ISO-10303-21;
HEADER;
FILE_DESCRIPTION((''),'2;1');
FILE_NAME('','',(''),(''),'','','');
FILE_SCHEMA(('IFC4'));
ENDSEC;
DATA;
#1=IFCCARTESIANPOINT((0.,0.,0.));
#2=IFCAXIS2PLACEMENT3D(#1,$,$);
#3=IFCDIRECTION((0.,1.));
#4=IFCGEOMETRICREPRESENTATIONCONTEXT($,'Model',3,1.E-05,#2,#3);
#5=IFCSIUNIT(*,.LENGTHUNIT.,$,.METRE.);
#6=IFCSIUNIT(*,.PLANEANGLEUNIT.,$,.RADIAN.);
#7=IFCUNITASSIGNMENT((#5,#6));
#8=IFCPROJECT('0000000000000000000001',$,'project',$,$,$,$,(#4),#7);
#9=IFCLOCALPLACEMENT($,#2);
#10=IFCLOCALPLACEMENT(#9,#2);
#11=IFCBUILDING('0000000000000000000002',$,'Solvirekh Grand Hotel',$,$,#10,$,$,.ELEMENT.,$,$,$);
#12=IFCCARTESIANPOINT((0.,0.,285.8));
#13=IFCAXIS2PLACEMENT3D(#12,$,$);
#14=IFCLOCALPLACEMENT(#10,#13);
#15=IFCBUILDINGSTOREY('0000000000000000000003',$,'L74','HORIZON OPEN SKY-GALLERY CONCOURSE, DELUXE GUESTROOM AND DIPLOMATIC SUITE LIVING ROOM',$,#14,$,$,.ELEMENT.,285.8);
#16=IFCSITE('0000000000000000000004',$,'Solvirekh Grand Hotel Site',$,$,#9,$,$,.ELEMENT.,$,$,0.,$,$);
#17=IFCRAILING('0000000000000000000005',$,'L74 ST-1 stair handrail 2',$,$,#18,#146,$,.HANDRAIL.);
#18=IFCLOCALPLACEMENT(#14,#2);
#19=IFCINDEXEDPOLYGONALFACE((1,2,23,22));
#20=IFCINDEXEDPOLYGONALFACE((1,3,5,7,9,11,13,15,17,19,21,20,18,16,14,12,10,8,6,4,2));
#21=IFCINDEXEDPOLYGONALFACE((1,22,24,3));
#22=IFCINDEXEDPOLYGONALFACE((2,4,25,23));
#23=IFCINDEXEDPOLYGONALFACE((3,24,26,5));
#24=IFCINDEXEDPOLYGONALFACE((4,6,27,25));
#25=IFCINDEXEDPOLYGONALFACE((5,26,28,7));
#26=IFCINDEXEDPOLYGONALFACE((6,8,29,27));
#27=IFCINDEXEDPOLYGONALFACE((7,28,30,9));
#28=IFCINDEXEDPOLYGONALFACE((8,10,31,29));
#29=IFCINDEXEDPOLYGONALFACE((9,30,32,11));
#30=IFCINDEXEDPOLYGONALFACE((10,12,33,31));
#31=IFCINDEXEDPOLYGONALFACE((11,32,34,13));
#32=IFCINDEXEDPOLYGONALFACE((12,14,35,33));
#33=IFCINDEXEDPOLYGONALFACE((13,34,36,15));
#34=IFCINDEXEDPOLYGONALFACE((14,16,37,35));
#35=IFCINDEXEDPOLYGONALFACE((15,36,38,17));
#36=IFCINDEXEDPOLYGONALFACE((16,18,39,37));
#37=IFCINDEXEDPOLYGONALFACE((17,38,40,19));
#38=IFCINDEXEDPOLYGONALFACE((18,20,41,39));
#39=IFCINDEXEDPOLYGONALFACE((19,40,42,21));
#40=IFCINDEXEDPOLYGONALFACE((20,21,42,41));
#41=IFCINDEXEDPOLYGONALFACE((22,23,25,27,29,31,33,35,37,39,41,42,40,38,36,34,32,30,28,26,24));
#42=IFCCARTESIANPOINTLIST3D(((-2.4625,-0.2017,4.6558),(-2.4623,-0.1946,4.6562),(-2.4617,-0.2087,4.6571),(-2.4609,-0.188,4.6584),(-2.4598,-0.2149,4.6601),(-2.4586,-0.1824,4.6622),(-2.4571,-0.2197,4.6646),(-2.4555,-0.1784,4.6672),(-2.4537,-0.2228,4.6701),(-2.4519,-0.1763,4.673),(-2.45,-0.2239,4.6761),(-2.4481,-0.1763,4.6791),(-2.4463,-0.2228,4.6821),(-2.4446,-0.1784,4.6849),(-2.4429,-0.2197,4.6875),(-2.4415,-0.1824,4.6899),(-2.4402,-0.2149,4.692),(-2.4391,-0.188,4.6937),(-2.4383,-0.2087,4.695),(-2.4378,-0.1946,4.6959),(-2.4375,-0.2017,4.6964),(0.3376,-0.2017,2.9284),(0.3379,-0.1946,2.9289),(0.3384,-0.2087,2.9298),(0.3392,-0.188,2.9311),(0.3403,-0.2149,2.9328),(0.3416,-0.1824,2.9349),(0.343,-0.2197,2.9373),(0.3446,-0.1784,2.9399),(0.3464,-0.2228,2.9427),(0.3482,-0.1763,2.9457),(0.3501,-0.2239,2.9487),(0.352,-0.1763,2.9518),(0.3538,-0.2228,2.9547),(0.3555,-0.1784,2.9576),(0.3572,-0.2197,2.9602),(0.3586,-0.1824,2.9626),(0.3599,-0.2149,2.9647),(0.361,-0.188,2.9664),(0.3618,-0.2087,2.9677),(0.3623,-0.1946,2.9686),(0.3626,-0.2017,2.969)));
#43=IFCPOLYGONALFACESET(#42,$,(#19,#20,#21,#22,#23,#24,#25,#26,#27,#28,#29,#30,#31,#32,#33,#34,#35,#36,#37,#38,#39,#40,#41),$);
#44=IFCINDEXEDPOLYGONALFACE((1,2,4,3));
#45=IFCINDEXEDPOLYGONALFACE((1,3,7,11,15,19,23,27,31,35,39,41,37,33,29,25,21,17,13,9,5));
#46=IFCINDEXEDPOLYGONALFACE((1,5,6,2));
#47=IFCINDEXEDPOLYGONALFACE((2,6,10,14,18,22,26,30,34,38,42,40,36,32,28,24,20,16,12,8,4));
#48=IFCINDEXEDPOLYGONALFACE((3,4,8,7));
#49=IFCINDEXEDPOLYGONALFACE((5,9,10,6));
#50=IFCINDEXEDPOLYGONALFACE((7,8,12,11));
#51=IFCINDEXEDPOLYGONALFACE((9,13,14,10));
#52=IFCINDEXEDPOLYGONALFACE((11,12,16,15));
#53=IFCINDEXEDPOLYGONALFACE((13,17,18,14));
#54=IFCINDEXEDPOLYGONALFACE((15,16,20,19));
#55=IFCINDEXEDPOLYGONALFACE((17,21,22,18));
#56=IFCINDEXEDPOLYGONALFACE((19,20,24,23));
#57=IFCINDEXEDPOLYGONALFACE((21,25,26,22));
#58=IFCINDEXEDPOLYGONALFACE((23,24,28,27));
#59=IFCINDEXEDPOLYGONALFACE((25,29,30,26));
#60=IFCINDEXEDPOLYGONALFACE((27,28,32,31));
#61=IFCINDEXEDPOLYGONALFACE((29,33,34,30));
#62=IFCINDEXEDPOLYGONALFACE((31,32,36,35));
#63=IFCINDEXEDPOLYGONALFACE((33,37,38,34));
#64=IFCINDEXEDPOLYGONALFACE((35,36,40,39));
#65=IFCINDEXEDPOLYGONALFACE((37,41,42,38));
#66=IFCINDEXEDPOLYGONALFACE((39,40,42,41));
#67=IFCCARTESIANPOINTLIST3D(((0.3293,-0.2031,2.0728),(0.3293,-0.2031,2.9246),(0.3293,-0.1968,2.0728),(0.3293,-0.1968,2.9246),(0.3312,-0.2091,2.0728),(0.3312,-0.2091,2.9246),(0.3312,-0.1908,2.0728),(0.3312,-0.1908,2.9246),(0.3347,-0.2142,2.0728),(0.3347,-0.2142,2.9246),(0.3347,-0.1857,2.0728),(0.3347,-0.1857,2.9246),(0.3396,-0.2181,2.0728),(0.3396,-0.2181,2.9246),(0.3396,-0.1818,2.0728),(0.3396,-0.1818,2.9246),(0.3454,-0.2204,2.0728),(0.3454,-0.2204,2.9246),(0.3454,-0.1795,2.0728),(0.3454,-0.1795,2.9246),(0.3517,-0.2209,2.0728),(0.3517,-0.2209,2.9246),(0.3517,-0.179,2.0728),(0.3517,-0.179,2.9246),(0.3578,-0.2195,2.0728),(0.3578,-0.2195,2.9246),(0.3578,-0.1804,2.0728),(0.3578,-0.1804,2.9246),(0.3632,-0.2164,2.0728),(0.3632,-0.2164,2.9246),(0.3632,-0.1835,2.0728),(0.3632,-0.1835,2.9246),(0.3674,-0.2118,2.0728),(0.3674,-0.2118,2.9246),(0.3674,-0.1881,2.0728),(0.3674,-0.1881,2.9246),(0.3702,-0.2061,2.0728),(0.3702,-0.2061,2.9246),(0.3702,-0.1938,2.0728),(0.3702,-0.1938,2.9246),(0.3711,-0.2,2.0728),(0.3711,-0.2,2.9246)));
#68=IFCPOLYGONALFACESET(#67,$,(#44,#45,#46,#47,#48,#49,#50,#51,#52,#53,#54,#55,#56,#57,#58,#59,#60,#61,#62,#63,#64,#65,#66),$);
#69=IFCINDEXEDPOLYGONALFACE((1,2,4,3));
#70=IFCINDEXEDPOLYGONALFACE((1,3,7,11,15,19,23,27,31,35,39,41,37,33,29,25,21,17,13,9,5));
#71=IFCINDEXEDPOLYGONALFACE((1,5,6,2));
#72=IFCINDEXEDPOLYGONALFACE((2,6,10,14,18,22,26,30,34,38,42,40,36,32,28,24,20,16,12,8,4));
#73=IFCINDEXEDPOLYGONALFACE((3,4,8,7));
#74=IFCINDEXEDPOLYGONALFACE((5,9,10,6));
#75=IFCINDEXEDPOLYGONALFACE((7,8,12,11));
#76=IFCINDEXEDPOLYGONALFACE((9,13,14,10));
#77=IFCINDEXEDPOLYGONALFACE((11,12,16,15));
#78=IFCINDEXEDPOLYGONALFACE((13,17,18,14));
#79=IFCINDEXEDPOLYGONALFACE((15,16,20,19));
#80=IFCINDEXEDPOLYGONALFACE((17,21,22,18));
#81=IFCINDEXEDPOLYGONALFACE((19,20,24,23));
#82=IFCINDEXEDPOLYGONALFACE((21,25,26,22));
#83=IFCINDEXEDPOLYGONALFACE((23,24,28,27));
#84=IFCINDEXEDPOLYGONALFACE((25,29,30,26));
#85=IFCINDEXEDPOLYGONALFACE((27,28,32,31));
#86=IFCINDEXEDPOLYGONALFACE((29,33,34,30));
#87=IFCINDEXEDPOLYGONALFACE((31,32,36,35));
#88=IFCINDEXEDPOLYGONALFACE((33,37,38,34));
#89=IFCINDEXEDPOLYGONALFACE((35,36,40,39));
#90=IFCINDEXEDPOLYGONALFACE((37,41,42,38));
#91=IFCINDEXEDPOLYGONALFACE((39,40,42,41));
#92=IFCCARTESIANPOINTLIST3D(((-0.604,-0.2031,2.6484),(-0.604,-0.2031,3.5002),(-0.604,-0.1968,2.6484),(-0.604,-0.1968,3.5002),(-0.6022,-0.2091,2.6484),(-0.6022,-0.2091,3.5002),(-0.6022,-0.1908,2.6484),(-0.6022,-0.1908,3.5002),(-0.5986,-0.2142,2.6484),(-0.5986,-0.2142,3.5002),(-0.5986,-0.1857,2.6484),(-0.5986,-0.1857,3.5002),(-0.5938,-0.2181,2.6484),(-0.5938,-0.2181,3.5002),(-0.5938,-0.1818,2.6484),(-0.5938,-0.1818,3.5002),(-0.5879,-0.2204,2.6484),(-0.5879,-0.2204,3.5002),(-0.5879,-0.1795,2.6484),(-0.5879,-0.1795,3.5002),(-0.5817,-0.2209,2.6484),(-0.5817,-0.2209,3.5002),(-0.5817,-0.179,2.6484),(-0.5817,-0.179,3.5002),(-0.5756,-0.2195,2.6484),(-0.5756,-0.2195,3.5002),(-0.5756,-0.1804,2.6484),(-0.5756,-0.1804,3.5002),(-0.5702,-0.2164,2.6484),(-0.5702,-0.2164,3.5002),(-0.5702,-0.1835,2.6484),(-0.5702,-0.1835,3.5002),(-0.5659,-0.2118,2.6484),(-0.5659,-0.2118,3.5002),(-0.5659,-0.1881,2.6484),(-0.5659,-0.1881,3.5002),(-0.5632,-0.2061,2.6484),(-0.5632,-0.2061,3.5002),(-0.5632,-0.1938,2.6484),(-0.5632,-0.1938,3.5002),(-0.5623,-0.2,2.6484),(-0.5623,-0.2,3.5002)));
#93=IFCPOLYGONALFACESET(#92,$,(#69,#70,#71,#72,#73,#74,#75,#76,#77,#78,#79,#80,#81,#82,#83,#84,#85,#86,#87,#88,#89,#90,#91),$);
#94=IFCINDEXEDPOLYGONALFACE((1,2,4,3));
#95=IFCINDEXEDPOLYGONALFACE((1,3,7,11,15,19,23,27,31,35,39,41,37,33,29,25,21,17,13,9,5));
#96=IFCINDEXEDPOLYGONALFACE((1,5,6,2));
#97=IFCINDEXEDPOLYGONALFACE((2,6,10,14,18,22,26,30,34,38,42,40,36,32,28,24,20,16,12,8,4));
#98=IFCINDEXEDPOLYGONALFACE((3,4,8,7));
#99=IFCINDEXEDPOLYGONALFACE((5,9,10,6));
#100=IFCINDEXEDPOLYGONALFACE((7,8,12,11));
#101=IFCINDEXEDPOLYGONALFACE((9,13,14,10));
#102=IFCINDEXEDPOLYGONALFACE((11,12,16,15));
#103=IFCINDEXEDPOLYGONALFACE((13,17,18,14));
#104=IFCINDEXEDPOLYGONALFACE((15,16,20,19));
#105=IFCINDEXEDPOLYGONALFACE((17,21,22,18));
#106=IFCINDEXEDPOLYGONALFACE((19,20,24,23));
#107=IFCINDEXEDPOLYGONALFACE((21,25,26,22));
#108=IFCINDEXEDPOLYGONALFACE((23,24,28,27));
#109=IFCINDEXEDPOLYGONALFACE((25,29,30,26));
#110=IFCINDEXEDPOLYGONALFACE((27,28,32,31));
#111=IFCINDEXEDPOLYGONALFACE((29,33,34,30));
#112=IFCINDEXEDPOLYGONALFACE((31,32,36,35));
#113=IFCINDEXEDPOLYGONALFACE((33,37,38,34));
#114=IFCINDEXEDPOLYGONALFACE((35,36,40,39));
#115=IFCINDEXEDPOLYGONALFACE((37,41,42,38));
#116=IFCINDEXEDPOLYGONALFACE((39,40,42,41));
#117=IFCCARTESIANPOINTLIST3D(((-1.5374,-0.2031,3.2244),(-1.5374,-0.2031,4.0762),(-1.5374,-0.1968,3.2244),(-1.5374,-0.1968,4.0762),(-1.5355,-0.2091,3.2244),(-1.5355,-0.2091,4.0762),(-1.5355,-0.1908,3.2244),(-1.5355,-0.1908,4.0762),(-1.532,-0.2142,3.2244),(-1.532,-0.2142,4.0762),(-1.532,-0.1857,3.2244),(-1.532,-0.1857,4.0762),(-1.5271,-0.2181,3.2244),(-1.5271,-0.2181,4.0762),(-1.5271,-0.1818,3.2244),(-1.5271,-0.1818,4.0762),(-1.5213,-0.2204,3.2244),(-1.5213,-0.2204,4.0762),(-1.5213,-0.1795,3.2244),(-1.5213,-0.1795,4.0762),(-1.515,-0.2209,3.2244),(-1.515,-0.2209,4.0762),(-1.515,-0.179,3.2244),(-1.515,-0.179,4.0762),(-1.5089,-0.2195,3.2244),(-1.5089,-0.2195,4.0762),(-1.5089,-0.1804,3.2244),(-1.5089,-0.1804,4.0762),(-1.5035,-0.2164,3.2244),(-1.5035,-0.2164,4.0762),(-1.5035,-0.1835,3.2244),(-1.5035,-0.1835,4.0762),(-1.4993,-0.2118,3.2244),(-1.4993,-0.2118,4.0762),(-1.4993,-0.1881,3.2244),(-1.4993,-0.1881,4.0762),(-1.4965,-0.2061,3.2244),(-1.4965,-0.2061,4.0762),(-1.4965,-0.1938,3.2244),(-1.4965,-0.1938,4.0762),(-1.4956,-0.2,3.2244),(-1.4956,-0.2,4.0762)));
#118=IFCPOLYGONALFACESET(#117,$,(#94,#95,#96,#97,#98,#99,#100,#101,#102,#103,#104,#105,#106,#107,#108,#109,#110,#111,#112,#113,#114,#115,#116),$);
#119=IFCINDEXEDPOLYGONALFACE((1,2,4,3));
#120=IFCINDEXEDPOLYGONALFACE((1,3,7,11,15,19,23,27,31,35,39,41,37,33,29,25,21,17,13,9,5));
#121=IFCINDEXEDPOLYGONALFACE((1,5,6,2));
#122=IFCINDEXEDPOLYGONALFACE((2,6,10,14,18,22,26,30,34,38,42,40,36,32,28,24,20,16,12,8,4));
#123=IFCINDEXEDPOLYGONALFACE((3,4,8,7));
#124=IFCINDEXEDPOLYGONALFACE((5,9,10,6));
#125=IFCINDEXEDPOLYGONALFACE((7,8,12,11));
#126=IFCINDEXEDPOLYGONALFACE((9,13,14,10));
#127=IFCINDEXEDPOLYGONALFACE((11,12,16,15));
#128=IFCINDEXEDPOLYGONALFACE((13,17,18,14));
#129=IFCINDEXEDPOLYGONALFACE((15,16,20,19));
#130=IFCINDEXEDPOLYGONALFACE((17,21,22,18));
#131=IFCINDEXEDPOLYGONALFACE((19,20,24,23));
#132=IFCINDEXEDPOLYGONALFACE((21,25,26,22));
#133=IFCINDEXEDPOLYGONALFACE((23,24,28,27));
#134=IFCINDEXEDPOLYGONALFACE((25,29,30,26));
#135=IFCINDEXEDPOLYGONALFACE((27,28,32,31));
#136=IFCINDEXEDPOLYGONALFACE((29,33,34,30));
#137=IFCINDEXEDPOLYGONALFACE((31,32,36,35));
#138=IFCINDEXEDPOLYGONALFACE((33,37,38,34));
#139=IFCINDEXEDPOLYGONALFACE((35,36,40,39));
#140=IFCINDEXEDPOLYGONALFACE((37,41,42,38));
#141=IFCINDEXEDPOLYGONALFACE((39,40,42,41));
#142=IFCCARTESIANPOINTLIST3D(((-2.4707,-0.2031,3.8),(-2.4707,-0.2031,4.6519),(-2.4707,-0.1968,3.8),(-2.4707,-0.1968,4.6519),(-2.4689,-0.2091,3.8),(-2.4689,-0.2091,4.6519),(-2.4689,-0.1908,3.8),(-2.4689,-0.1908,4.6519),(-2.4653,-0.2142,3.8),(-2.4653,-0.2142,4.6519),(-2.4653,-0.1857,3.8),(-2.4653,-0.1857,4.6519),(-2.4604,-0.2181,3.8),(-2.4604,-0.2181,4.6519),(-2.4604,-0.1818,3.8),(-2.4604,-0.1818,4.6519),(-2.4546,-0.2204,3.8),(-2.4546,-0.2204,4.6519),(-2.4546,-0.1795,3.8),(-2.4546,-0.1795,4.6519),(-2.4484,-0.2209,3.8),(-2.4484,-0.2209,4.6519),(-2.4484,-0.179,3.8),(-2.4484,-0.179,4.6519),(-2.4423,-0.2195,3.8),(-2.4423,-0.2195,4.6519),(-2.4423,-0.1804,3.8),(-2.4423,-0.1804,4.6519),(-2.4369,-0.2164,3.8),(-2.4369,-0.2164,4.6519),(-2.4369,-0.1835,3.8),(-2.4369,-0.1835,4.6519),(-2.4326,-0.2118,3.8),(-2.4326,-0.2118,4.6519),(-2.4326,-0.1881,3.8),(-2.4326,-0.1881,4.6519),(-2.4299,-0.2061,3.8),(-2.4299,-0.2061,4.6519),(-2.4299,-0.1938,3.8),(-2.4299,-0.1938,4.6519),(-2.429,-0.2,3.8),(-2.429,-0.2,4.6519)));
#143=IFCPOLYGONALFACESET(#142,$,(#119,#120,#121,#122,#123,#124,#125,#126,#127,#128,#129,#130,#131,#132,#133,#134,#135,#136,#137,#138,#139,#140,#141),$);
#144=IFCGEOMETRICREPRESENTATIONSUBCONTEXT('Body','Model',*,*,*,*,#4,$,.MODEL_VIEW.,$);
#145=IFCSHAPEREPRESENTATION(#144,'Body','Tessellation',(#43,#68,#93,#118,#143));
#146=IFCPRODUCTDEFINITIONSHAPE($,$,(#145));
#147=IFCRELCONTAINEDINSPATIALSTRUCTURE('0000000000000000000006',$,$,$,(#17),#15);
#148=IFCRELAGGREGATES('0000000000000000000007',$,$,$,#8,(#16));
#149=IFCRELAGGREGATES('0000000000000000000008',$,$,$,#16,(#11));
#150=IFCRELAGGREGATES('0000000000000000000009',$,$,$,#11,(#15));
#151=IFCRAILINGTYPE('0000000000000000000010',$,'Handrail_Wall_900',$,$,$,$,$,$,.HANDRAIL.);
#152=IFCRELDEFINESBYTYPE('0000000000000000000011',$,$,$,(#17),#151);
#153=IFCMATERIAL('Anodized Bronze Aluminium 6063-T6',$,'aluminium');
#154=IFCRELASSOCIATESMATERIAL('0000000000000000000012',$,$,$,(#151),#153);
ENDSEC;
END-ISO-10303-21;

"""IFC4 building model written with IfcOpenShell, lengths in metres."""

from ifc_helpers import new_model, si_unit, direction, frame, origin, origin_2d, place, context, subcontext, project, spatial, circle, extrude, material, type_object, element, save


model = new_model("IFC4")

# Units and contexts
model_context = context("Model", 3, precision=1e-05, world=origin(), true_north=direction((0.0, 1.0)))
body_context = subcontext(model_context, "Body", "Model", "MODEL_VIEW")
ifc_project = project(units=[si_unit("LENGTHUNIT", "METRE"), si_unit("PLANEANGLEUNIT", "RADIAN")], contexts=[model_context])

# Site, building, storey
site_placement = place(None, origin())
site = spatial("IfcSite", under=ifc_project, at=site_placement, Name="Solvirekh Grand Hotel Site", CompositionType="ELEMENT", RefElevation=0.0)
building_placement = place(site_placement, origin())
building = spatial("IfcBuilding", under=site, at=building_placement, Name="Solvirekh Grand Hotel", CompositionType="ELEMENT")
storey_placement = place(building_placement, frame((0.0, 0.0, 285.8)))
storey = spatial("IfcBuildingStorey", under=building, at=storey_placement, Name="L74", Description="HORIZON OPEN SKY-GALLERY CONCOURSE, DELUXE GUESTROOM AND DIPLOMATIC SUITE LIVING ROOM", CompositionType="ELEMENT", Elevation=285.8)

# Railing
ifc_material_1 = material(Name="Anodized Bronze Aluminium 6063-T6", Category="aluminium")
railing_type_1 = type_object("IfcRailingType", Name="Handrail_Wall_900", PredefinedType="HANDRAIL", material=ifc_material_1)
railing_1_placement = place(storey_placement, frame((0.3501, -0.2, 2.0728)))
element("IfcRailing", 1, at=railing_1_placement, inside=storey, type_object=railing_type_1, Name="L74 ST-1 stair handrail 2", PredefinedType="HANDRAIL", context=body_context, shape_type="SweptSolid", body=[
    extrude(circle(Radius=0.0239, at=origin_2d()), frame((0.0, 0.0, 0.876), z_axis=(-0.85109, 0.0, 0.52502), x_axis=(0.0, -1.0, 0.0)), (0.0, 0.0, 1.0), 3.29),
    extrude(circle(Radius=0.021, at=origin_2d()), origin(), (0.0, 0.0, 1.0), 0.8518),
    extrude(circle(Radius=0.021, at=origin_2d()), frame((-0.9333, 0.0, 0.5757)), (0.0, 0.0, 1.0), 0.8518),
    extrude(circle(Radius=0.021, at=origin_2d()), frame((-1.8667, 0.0, 1.1516)), (0.0, 0.0, 1.0), 0.8518),
    extrude(circle(Radius=0.021, at=origin_2d()), frame((-2.8, 0.0, 1.7273)), (0.0, 0.0, 1.0), 0.8518),
])

save(model, "model.ifc")
